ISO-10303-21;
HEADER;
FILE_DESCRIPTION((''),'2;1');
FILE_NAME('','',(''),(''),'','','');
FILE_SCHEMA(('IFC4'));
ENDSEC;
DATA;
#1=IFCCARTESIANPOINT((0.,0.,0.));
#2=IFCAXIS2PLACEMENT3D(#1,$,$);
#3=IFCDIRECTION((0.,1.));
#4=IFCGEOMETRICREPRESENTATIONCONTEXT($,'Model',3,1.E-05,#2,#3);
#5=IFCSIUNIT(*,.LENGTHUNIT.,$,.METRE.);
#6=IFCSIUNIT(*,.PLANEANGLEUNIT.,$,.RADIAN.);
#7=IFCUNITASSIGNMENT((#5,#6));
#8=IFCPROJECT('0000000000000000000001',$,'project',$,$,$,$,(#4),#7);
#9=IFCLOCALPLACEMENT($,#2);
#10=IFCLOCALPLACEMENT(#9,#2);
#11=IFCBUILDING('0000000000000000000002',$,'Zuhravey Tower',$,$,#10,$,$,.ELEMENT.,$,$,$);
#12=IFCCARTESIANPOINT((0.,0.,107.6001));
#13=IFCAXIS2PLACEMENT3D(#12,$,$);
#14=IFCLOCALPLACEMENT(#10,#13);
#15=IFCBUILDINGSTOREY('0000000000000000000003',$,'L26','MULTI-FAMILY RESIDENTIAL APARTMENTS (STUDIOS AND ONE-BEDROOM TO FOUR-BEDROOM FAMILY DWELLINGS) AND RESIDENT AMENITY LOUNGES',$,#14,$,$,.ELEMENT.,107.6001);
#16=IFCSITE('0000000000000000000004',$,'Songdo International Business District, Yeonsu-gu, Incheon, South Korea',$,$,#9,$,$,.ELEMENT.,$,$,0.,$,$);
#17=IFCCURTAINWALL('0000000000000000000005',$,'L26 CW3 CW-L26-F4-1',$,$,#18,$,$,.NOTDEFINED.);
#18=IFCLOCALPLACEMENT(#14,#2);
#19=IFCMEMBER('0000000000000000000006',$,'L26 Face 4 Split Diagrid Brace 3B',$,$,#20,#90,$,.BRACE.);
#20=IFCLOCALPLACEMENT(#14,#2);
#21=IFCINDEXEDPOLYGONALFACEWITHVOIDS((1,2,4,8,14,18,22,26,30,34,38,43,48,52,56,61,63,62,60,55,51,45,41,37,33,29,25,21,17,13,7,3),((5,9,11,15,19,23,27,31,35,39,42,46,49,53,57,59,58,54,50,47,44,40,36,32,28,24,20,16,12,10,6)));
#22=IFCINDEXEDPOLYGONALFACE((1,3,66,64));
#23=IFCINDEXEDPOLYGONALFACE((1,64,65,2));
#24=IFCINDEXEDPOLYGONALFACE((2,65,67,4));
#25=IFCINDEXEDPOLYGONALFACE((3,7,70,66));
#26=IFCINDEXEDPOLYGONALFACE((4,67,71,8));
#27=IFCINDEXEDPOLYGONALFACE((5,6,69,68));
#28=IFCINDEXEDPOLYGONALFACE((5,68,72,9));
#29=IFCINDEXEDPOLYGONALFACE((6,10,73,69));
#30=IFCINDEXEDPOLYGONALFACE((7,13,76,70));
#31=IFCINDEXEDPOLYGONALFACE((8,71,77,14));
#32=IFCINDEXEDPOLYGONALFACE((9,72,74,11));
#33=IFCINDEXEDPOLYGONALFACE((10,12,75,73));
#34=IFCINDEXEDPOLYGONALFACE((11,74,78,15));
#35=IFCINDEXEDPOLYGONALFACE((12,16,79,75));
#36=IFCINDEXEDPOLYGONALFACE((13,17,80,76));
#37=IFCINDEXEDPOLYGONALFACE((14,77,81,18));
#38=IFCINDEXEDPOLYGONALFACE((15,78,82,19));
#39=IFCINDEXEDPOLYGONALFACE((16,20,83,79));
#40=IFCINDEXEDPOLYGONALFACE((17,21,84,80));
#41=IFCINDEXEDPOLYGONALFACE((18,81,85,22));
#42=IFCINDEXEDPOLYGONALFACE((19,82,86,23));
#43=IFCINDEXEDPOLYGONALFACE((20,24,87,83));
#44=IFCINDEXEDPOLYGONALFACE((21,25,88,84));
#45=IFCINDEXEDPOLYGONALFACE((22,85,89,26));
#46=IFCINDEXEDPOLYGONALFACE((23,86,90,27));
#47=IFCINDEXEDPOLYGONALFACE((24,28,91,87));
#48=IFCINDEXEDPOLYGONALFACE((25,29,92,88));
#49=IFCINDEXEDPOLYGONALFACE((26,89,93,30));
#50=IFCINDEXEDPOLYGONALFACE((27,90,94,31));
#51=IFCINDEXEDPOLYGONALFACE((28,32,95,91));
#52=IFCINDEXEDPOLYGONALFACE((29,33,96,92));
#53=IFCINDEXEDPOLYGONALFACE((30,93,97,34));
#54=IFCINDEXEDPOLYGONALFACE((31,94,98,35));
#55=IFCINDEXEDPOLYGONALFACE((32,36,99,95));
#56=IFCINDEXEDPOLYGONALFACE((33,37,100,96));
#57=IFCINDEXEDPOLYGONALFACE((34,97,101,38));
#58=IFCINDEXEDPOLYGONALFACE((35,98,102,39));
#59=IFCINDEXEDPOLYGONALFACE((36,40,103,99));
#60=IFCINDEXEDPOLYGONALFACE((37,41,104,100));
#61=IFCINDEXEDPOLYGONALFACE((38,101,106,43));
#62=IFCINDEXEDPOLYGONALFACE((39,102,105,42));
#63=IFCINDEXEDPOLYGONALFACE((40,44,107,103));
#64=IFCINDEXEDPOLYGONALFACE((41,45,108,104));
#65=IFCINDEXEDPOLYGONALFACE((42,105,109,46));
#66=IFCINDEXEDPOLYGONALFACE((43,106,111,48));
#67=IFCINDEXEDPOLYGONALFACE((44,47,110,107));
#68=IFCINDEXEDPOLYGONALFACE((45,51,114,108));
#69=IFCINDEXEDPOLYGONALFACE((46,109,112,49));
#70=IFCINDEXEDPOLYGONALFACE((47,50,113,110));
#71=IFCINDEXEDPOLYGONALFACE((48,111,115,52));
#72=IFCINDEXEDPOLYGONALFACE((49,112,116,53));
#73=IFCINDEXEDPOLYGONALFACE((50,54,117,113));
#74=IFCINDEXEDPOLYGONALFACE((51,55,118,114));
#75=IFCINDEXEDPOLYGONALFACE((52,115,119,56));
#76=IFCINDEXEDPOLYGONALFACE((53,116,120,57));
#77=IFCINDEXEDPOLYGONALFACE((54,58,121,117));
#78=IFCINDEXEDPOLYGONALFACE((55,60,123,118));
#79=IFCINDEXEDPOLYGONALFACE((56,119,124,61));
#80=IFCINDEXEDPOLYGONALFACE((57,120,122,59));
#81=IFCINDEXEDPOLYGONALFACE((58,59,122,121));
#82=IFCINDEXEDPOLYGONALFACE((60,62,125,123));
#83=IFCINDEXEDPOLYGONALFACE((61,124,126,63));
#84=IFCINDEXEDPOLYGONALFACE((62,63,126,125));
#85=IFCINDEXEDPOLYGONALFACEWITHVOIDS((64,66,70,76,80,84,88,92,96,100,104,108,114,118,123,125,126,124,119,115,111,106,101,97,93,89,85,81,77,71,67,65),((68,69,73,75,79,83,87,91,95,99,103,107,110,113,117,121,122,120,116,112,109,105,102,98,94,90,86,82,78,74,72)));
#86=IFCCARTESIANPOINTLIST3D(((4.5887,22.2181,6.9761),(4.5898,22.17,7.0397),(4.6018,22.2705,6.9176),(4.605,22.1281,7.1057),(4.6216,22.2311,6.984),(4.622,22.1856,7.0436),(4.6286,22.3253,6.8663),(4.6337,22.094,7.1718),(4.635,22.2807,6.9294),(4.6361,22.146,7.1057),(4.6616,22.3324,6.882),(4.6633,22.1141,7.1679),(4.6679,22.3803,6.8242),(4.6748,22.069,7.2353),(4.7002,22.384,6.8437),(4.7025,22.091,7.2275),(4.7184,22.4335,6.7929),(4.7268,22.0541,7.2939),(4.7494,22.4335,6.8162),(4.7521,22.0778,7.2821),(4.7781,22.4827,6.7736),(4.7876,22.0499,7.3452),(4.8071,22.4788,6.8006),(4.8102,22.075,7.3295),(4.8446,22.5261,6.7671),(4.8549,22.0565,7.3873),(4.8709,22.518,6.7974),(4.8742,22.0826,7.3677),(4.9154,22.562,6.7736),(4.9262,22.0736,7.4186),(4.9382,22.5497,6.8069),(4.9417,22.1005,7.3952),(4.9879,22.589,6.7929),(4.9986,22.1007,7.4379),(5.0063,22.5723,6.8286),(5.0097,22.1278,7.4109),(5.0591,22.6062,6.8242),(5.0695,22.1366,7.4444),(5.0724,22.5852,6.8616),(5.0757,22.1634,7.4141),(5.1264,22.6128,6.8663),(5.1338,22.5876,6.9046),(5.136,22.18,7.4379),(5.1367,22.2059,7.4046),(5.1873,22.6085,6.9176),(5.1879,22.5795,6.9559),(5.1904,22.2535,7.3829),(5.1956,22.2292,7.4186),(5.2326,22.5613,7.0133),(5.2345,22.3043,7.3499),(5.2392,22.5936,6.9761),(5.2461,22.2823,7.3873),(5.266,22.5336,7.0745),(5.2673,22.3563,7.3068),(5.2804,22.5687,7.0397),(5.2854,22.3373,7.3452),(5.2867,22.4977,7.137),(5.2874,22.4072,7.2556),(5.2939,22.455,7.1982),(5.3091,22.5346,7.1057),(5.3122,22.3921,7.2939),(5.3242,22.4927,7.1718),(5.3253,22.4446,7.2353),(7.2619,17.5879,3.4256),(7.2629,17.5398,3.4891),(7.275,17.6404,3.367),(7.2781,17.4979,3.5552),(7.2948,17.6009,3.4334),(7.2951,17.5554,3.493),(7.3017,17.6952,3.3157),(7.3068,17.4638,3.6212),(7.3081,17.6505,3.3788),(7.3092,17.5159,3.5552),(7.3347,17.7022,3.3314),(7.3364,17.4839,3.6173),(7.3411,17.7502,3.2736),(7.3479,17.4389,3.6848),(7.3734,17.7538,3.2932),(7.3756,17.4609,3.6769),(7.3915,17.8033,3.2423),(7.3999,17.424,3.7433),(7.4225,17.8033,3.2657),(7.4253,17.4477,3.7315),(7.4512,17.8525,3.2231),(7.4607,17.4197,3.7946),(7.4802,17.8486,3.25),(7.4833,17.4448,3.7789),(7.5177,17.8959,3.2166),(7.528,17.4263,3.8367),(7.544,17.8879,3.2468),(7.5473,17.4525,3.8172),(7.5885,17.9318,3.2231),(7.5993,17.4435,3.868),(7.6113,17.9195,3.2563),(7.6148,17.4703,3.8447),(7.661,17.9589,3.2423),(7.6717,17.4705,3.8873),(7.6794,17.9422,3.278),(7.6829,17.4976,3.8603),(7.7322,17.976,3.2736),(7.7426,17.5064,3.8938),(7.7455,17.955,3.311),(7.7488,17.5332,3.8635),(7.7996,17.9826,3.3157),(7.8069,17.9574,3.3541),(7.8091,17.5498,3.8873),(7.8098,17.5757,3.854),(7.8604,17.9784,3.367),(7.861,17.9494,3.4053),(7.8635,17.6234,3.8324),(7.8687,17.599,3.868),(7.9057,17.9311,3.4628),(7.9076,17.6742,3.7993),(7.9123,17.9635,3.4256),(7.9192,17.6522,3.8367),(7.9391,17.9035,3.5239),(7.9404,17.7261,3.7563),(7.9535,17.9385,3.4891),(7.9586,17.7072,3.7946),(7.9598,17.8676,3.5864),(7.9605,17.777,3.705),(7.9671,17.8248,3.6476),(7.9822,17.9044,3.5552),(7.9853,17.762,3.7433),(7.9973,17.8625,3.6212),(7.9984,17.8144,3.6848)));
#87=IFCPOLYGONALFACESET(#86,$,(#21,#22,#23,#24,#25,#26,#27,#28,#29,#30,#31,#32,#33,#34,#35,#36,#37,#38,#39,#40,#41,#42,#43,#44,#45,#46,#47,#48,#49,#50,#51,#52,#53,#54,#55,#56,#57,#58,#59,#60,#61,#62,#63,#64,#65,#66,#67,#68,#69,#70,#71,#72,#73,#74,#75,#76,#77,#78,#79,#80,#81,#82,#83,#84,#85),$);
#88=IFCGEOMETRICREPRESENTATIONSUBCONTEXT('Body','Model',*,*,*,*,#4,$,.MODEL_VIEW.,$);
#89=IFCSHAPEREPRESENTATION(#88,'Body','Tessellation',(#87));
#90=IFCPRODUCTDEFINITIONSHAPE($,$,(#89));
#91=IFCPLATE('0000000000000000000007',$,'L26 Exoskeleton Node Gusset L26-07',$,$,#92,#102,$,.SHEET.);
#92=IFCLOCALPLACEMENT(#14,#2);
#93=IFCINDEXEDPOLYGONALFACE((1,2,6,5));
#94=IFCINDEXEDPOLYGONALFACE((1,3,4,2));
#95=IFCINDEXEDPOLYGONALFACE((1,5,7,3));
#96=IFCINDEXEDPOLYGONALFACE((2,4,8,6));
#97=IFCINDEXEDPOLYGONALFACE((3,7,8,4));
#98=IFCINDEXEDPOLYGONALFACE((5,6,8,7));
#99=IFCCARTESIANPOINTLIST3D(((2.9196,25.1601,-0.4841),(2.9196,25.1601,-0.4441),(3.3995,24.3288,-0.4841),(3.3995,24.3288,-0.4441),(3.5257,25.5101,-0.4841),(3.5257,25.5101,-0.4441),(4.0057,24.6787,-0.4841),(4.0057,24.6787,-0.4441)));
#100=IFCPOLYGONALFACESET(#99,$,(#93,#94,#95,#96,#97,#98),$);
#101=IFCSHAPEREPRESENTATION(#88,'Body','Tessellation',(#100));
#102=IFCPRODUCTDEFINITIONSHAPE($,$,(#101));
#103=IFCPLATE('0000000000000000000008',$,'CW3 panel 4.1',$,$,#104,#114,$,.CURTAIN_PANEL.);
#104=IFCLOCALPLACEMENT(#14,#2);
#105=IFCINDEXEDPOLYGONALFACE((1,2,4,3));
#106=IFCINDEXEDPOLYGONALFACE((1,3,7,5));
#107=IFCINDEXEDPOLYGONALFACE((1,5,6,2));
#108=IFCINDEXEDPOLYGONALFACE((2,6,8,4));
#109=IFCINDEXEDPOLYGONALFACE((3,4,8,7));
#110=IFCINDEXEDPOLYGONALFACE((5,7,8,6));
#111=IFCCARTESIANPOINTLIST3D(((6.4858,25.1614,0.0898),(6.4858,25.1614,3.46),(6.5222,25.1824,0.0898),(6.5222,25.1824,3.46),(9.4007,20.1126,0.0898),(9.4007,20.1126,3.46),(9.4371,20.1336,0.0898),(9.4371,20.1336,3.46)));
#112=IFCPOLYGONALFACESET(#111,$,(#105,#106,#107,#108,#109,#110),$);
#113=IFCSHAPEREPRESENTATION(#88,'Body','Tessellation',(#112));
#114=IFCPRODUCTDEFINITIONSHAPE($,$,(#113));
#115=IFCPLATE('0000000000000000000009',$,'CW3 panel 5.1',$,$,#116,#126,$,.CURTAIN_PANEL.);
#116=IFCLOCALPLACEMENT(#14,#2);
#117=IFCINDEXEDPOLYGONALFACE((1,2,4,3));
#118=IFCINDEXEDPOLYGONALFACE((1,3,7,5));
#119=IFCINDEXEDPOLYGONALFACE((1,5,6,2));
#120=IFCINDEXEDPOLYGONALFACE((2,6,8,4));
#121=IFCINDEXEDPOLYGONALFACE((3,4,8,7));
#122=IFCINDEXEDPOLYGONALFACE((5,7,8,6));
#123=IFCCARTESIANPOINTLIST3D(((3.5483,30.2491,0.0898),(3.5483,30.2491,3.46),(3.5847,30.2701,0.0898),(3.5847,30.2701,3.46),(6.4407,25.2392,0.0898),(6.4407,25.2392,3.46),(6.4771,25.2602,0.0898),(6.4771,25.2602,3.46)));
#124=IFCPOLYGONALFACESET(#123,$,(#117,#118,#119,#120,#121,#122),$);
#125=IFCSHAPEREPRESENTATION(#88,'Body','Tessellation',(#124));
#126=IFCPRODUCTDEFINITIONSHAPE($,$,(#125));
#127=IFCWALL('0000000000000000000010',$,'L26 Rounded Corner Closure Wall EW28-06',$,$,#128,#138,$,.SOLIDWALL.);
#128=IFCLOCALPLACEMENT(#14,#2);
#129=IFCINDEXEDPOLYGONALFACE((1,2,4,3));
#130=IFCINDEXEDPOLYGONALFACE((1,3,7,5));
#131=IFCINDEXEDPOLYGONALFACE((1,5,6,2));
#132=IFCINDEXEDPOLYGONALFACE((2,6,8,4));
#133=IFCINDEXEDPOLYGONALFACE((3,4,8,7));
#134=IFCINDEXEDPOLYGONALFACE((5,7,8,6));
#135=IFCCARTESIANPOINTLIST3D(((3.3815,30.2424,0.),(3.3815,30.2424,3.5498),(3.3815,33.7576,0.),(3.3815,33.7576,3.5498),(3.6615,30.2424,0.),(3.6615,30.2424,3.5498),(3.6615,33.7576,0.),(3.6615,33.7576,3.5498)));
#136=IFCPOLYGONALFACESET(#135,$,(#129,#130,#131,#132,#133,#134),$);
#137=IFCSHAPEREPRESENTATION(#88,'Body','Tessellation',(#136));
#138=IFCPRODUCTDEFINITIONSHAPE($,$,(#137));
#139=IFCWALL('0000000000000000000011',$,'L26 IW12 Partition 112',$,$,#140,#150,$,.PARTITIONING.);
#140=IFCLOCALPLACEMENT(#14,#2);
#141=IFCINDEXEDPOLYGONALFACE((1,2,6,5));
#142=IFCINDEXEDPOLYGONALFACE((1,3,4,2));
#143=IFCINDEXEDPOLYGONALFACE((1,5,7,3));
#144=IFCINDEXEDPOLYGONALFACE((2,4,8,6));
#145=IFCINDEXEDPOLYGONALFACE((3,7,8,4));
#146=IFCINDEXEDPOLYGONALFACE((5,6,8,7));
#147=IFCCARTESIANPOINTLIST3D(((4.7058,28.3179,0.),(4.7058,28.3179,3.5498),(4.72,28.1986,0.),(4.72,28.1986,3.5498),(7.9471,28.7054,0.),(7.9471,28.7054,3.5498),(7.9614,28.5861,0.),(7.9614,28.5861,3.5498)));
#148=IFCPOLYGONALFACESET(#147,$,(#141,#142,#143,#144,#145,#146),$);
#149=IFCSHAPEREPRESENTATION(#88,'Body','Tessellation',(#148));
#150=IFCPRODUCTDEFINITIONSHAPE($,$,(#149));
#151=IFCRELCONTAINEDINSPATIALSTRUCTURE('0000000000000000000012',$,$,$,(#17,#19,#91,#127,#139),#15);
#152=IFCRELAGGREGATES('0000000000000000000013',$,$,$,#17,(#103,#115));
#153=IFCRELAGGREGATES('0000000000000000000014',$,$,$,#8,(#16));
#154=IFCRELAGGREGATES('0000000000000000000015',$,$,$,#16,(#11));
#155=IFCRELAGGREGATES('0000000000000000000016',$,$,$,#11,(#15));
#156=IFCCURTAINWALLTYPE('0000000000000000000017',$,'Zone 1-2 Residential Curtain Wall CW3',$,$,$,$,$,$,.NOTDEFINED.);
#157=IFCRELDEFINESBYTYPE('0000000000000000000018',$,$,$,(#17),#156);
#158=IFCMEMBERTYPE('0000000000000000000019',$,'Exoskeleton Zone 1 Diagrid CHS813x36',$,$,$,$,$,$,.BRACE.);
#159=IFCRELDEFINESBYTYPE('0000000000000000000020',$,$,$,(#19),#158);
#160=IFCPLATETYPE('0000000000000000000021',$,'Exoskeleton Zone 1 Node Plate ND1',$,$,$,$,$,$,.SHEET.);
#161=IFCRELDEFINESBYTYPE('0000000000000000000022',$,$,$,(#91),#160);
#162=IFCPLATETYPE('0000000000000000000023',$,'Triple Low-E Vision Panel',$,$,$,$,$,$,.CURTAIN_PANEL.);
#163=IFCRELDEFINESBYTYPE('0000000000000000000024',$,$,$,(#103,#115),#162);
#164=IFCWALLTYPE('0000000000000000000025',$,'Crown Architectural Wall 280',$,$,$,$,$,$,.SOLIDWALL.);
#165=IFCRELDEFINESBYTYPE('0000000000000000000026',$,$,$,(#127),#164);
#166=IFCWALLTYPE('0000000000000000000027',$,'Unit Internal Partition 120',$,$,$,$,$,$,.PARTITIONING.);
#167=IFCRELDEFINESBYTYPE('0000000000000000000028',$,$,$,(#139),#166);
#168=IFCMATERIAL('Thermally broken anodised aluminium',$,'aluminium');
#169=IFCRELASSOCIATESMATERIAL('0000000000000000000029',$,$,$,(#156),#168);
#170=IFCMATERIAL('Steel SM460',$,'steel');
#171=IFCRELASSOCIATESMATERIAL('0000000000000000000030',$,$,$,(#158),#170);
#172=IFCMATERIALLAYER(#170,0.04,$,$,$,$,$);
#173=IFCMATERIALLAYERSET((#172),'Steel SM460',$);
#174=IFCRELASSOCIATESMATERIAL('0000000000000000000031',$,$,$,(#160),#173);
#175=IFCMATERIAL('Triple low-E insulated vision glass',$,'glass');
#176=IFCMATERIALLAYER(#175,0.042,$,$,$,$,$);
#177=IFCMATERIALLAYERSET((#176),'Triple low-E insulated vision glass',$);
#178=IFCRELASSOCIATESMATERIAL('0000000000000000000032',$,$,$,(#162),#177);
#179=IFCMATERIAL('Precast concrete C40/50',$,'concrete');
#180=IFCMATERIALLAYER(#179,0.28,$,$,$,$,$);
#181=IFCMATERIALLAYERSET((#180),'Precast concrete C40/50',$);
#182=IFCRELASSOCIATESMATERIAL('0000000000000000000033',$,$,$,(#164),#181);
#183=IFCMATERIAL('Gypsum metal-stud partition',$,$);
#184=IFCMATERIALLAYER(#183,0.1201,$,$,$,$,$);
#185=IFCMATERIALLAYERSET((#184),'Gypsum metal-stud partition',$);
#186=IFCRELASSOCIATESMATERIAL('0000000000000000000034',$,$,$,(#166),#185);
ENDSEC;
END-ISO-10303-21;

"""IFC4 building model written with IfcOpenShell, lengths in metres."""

from ifc_helpers import new_model, si_unit, direction, frame, frame_2d, origin, origin_2d, place, context, subcontext, project, spatial, rectangle, hollow_circle, extrude, material, layer, layer_set, material_profile, profile_set, type_object, element, aggregate, save


model = new_model("IFC4")

# Units and contexts
model_context = context("Model", 3, precision=1e-05, world=origin(), true_north=direction((0.0, 1.0)))
body_context = subcontext(model_context, "Body", "Model", "MODEL_VIEW")
ifc_project = project(units=[si_unit("LENGTHUNIT", "METRE"), si_unit("PLANEANGLEUNIT", "RADIAN")], contexts=[model_context])

# Site, building, storey
site_placement = place(None, origin())
site = spatial("IfcSite", under=ifc_project, at=site_placement, Name="Songdo International Business District, Yeonsu-gu, Incheon, South Korea", CompositionType="ELEMENT", RefElevation=0.0)
building_placement = place(site_placement, origin())
building = spatial("IfcBuilding", under=site, at=building_placement, Name="Zuhravey Tower", CompositionType="ELEMENT")
storey_placement = place(building_placement, frame((0.0, 0.0, 107.6001)))
storey = spatial("IfcBuildingStorey", under=building, at=storey_placement, Name="L26", Description="MULTI-FAMILY RESIDENTIAL APARTMENTS (STUDIOS AND ONE-BEDROOM TO FOUR-BEDROOM FAMILY DWELLINGS) AND RESIDENT AMENITY LOUNGES", CompositionType="ELEMENT", Elevation=107.6001)

# Curtain wall
ifc_material_1 = material(Name="Thermally broken anodised aluminium", Category="aluminium")
curtain_wall_type = type_object("IfcCurtainWallType", Name="Zone 1-2 Residential Curtain Wall CW3", PredefinedType="NOTDEFINED", material=ifc_material_1)
curtain_wall_placement = place(storey_placement, origin())
curtain_wall = element("IfcCurtainWall", 1, at=curtain_wall_placement, inside=storey, type_object=curtain_wall_type, Name="L26 CW3 CW-L26-F4-1", PredefinedType="NOTDEFINED")

# Member
ifc_material_2 = material(Name="Steel SM460", Category="steel")
ifc_material_profile_1 = material_profile(ifc_material_2, hollow_circle(Radius=0.4065, WallThickness=0.0359, at=origin_2d()), Name="CHS-812.8x36")
ifc_profile_set_1 = profile_set([ifc_material_profile_1], Name="Steel SM460")
member_type_1 = type_object("IfcMemberType", Name="Exoskeleton Zone 1 Diagrid CHS813x36", PredefinedType="BRACE", material=ifc_profile_set_1)
member_1_placement = place(storey_placement, frame((7.6301, 17.7012, 3.5552), z_axis=(-0.416504, 0.721436, 0.553222), x_axis=(-0.866034, -0.499985, 0.0)))
element("IfcMember", 2, at=member_1_placement, inside=storey, type_object=member_type_1, Name="L26 Face 4 Split Diagrid Brace 3B", PredefinedType="BRACE", context=body_context, shape_type="SweptSolid", body=[
    extrude(hollow_circle(Radius=0.4065, WallThickness=0.0359, at=origin_2d()), origin(), (0.0, 0.0, 1.0), 6.418),
])

# Plates
ifc_layer_1 = layer(ifc_material_2, 0.04)
ifc_layer_set_1 = layer_set([ifc_layer_1], Name="Steel SM460")
plate_type_1 = type_object("IfcPlateType", Name="Exoskeleton Zone 1 Node Plate ND1", PredefinedType="SHEET", material=ifc_layer_set_1)
plate_1_placement = place(storey_placement, frame((3.4626, 24.9194, -0.4841), z_axis=(0.0, 0.0, 1.0), x_axis=(0.5, -0.866025, 0.0)))
element("IfcPlate", 3, at=plate_1_placement, inside=storey, type_object=plate_type_1, Name="L26 Exoskeleton Node Gusset L26-07", PredefinedType="SHEET", context=body_context, shape_type="SweptSolid", body=[
    extrude(rectangle(XDim=0.96, YDim=0.7, at=origin_2d()), origin(), (0.0, 0.0, 1.0), 0.04),
])
ifc_material_3 = material(Name="Triple low-E insulated vision glass", Category="glass")
ifc_layer_2 = layer(ifc_material_3, 0.042)
ifc_layer_set_2 = layer_set([ifc_layer_2], Name="Triple low-E insulated vision glass")
plate_type_2 = type_object("IfcPlateType", Name="Triple Low-E Vision Panel", PredefinedType="CURTAIN_PANEL", material=ifc_layer_set_2)
plate_2_placement = place(storey_placement, frame((7.9614, 22.6475, 0.0898), z_axis=(0.0, 0.0, 1.0), x_axis=(-0.5, 0.866026, 0.0)))
plate_2 = element("IfcPlate", 4, at=plate_2_placement, type_object=plate_type_2, Name="CW3 panel 4.1", PredefinedType="CURTAIN_PANEL", context=body_context, shape_type="SweptSolid", body=[
    extrude(rectangle(XDim=5.8298, YDim=0.042, at=origin_2d()), origin(), (0.0, 0.0, 1.0), 3.3701),
])
plate_3_placement = place(storey_placement, frame((5.0127, 27.7546, 0.0898), z_axis=(0.0, 0.0, 1.0), x_axis=(-0.5, 0.866026, 0.0)))
plate_3 = element("IfcPlate", 5, at=plate_3_placement, type_object=plate_type_2, Name="CW3 panel 5.1", PredefinedType="CURTAIN_PANEL", context=body_context, shape_type="SweptSolid", body=[
    extrude(rectangle(XDim=5.7849, YDim=0.042, at=origin_2d()), origin(), (0.0, 0.0, 1.0), 3.3701),
])
aggregate(curtain_wall, [plate_2, plate_3])

# Walls
ifc_material_4 = material(Name="Precast concrete C40/50", Category="concrete")
ifc_layer_3 = layer(ifc_material_4, 0.28)
ifc_layer_set_3 = layer_set([ifc_layer_3], Name="Precast concrete C40/50")
wall_type_1 = type_object("IfcWallType", Name="Crown Architectural Wall 280", PredefinedType="SOLIDWALL", material=ifc_layer_set_3)
wall_1_placement = place(storey_placement, frame((3.5215, 30.2424, 0.0), z_axis=(0.0, 0.0, 1.0), x_axis=(0.0, 1.0, 0.0)))
element("IfcWall", 6, at=wall_1_placement, inside=storey, type_object=wall_type_1, Name="L26 Rounded Corner Closure Wall EW28-06", PredefinedType="SOLIDWALL", context=body_context, shape_type="SweptSolid", body=[
    extrude(rectangle(XDim=3.5151, YDim=0.28, at=frame_2d((1.7576, 0.0))), origin(), (0.0, 0.0, 1.0), 3.5498),
])
ifc_material_5 = material(Name="Gypsum metal-stud partition")
ifc_layer_4 = layer(ifc_material_5, 0.1201)
ifc_layer_set_4 = layer_set([ifc_layer_4], Name="Gypsum metal-stud partition")
wall_type_2 = type_object("IfcWallType", Name="Unit Internal Partition 120", PredefinedType="PARTITIONING", material=ifc_layer_set_4)
wall_2_placement = place(storey_placement, frame((7.9543, 28.6458, 0.0), z_axis=(0.0, 0.0, 1.0), x_axis=(-0.992931, -0.118694, 0.0)))
element("IfcWall", 7, at=wall_2_placement, inside=storey, type_object=wall_type_2, Name="L26 IW12 Partition 112", PredefinedType="PARTITIONING", context=body_context, shape_type="SweptSolid", body=[
    extrude(rectangle(XDim=3.2644, YDim=0.1201, at=frame_2d((1.6323, 0.0))), origin(), (0.0, 0.0, 1.0), 3.5498),
])

save(model, "model.ifc")
